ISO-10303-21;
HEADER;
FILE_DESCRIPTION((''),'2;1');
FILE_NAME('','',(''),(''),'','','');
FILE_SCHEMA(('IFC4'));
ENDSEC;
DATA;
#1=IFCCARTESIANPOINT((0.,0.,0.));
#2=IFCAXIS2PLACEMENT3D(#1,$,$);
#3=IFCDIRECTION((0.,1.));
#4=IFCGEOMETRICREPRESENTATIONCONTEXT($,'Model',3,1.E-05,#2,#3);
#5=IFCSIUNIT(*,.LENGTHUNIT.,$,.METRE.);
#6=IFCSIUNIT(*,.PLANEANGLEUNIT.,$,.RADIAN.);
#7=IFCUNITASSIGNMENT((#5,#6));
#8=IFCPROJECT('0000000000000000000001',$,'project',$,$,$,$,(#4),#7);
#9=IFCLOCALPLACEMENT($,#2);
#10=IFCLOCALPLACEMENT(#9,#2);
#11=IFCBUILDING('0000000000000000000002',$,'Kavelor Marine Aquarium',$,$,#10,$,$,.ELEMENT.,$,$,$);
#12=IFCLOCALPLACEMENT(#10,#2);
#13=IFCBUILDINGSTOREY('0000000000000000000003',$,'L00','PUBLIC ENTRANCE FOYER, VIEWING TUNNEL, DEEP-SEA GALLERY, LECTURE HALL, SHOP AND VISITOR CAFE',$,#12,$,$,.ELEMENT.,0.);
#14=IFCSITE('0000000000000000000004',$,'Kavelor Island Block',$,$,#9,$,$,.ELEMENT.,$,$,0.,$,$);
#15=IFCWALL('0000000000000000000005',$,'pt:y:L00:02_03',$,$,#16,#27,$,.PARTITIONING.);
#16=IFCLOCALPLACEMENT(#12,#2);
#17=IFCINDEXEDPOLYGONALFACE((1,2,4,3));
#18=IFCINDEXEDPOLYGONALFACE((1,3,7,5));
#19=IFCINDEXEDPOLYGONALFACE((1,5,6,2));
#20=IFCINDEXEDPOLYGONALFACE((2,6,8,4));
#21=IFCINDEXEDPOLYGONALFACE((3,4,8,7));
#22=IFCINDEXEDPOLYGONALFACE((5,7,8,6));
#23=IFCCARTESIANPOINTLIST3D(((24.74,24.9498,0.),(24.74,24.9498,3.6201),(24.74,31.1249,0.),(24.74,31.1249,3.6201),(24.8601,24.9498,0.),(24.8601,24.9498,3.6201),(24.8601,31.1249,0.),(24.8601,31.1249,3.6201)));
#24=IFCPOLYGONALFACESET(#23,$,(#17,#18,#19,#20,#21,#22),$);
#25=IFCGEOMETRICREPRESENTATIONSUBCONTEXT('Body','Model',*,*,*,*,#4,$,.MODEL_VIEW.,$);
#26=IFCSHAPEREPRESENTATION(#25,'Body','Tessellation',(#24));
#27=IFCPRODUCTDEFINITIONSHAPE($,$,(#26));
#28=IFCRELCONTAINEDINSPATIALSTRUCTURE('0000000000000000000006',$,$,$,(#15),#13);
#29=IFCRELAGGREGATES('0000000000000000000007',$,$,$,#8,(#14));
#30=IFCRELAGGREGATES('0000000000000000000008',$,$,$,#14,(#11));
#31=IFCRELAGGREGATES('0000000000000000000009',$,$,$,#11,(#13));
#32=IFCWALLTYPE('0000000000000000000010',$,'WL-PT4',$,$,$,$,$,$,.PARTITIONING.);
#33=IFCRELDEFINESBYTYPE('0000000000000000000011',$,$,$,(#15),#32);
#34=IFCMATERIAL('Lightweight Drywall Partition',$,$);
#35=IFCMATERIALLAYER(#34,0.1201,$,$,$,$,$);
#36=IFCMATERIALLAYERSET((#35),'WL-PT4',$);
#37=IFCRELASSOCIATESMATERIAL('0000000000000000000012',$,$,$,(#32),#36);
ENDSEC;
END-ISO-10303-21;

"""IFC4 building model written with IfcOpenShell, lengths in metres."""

from ifc_helpers import new_model, si_unit, direction, frame, frame_2d, origin, place, context, subcontext, project, spatial, rectangle, extrude, material, layer, layer_set, type_object, element, save


model = new_model("IFC4")

# Units and contexts
model_context = context("Model", 3, precision=1e-05, world=origin(), true_north=direction((0.0, 1.0)))
body_context = subcontext(model_context, "Body", "Model", "MODEL_VIEW")
ifc_project = project(units=[si_unit("LENGTHUNIT", "METRE"), si_unit("PLANEANGLEUNIT", "RADIAN")], contexts=[model_context])

# Site, building, storey
site_placement = place(None, origin())
site = spatial("IfcSite", under=ifc_project, at=site_placement, Name="Kavelor Island Block", CompositionType="ELEMENT", RefElevation=0.0)
building_placement = place(site_placement, origin())
building = spatial("IfcBuilding", under=site, at=building_placement, Name="Kavelor Marine Aquarium", CompositionType="ELEMENT")
storey_placement = place(building_placement, origin())
storey = spatial("IfcBuildingStorey", under=building, at=storey_placement, Name="L00", Description="PUBLIC ENTRANCE FOYER, VIEWING TUNNEL, DEEP-SEA GALLERY, LECTURE HALL, SHOP AND VISITOR CAFE", CompositionType="ELEMENT", Elevation=0.0)

# Wall
ifc_material_1 = material(Name="Lightweight Drywall Partition")
ifc_layer_1 = layer(ifc_material_1, 0.1201)
ifc_layer_set_1 = layer_set([ifc_layer_1], Name="WL-PT4")
wall_type_1 = type_object("IfcWallType", Name="WL-PT4", PredefinedType="PARTITIONING", material=ifc_layer_set_1)
wall_1_placement = place(storey_placement, frame((24.8, 24.95, 0.0), z_axis=(0.0, 0.0, 1.0), x_axis=(0.0, 1.0, 0.0)))
element("IfcWall", 1, at=wall_1_placement, inside=storey, type_object=wall_type_1, Name="pt:y:L00:02_03", PredefinedType="PARTITIONING", context=body_context, shape_type="SweptSolid", body=[
    extrude(rectangle(XDim=6.175, YDim=0.1201, at=frame_2d((3.0874, 0.0))), origin(), (0.0, 0.0, 1.0), 3.6201),
])

save(model, "model.ifc")
